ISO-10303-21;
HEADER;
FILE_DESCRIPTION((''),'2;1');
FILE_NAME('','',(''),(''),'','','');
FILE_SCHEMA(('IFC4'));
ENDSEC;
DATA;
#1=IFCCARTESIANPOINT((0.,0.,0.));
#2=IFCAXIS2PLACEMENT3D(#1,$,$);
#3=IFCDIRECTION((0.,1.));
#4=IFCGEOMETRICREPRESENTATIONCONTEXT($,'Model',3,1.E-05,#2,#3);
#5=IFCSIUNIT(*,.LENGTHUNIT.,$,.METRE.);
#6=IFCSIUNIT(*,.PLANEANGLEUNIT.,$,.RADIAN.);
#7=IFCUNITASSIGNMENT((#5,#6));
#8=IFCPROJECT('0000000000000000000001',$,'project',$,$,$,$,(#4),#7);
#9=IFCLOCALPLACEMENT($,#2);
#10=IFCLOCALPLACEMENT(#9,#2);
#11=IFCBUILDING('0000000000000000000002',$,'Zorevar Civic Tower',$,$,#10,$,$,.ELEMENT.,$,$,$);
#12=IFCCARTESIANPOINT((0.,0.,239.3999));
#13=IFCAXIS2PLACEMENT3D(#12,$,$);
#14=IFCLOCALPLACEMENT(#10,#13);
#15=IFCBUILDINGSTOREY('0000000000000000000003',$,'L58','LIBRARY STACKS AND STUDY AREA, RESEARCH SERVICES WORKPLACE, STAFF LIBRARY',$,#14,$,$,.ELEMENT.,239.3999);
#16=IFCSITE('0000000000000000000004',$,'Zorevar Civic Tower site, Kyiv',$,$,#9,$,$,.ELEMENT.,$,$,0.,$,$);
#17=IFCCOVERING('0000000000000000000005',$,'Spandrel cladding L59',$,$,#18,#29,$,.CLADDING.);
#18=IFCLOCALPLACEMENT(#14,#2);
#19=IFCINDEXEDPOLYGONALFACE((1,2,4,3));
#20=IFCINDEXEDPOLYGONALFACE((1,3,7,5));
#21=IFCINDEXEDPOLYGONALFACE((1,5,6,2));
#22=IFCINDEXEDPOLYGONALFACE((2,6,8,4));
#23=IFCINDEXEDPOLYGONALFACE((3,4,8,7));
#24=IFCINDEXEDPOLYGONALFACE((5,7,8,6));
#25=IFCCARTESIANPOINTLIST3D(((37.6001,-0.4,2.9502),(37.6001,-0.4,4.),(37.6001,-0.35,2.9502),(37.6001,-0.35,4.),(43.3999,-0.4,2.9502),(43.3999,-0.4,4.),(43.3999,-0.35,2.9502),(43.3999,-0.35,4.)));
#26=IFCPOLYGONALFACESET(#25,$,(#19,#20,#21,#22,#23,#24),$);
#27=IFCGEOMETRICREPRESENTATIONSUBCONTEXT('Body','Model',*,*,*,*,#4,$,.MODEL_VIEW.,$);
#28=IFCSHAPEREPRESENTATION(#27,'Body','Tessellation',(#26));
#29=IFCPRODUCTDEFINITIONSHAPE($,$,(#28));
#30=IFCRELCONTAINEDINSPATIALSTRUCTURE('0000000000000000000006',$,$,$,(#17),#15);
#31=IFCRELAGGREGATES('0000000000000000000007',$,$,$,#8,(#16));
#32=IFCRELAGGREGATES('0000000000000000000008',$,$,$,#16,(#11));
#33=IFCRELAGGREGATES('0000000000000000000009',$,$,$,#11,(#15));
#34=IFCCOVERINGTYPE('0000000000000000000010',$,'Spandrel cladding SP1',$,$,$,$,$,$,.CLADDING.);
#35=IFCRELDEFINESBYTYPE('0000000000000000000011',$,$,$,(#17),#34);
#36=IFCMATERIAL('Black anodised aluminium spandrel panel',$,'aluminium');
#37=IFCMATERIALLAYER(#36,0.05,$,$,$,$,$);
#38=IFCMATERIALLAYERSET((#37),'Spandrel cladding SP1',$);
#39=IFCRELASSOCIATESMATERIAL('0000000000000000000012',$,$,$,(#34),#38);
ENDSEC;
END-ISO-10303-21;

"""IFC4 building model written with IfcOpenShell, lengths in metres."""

from ifc_helpers import new_model, si_unit, direction, frame, frame_2d, origin, place, context, subcontext, project, spatial, rectangle, extrude, material, layer, layer_set, type_object, element, save


model = new_model("IFC4")

# Units and contexts
model_context = context("Model", 3, precision=1e-05, world=origin(), true_north=direction((0.0, 1.0)))
body_context = subcontext(model_context, "Body", "Model", "MODEL_VIEW")
ifc_project = project(units=[si_unit("LENGTHUNIT", "METRE"), si_unit("PLANEANGLEUNIT", "RADIAN")], contexts=[model_context])

# Site, building, storey
site_placement = place(None, origin())
site = spatial("IfcSite", under=ifc_project, at=site_placement, Name="Zorevar Civic Tower site, Kyiv", CompositionType="ELEMENT", RefElevation=0.0)
building_placement = place(site_placement, origin())
building = spatial("IfcBuilding", under=site, at=building_placement, Name="Zorevar Civic Tower", CompositionType="ELEMENT")
storey_placement = place(building_placement, frame((0.0, 0.0, 239.3999)))
storey = spatial("IfcBuildingStorey", under=building, at=storey_placement, Name="L58", Description="LIBRARY STACKS AND STUDY AREA, RESEARCH SERVICES WORKPLACE, STAFF LIBRARY", CompositionType="ELEMENT", Elevation=239.3999)

# Covering
ifc_material_1 = material(Name="Black anodised aluminium spandrel panel", Category="aluminium")
ifc_layer_1 = layer(ifc_material_1, 0.05)
ifc_layer_set_1 = layer_set([ifc_layer_1], Name="Spandrel cladding SP1")
covering_type = type_object("IfcCoveringType", Name="Spandrel cladding SP1", PredefinedType="CLADDING", material=ifc_layer_set_1)
for number, where, z_axis, x_axis, name in (
    (1, (37.6001, -0.375, 2.9502), (0.0, 0.0, 1.0), (1.0, 0.0, 0.0), "Spandrel cladding L59"),
):
    element("IfcCovering", number, at=place(storey_placement, frame(where, z_axis=z_axis, x_axis=x_axis)), inside=storey, type_object=covering_type, Name=name, PredefinedType="CLADDING", context=body_context, shape_type="SweptSolid", body=[
        extrude(rectangle(XDim=5.7998, YDim=0.05, at=frame_2d((2.8999, 0.0))), origin(), (0.0, 0.0, 1.0), 1.0498),
    ])

save(model, "model.ifc")
